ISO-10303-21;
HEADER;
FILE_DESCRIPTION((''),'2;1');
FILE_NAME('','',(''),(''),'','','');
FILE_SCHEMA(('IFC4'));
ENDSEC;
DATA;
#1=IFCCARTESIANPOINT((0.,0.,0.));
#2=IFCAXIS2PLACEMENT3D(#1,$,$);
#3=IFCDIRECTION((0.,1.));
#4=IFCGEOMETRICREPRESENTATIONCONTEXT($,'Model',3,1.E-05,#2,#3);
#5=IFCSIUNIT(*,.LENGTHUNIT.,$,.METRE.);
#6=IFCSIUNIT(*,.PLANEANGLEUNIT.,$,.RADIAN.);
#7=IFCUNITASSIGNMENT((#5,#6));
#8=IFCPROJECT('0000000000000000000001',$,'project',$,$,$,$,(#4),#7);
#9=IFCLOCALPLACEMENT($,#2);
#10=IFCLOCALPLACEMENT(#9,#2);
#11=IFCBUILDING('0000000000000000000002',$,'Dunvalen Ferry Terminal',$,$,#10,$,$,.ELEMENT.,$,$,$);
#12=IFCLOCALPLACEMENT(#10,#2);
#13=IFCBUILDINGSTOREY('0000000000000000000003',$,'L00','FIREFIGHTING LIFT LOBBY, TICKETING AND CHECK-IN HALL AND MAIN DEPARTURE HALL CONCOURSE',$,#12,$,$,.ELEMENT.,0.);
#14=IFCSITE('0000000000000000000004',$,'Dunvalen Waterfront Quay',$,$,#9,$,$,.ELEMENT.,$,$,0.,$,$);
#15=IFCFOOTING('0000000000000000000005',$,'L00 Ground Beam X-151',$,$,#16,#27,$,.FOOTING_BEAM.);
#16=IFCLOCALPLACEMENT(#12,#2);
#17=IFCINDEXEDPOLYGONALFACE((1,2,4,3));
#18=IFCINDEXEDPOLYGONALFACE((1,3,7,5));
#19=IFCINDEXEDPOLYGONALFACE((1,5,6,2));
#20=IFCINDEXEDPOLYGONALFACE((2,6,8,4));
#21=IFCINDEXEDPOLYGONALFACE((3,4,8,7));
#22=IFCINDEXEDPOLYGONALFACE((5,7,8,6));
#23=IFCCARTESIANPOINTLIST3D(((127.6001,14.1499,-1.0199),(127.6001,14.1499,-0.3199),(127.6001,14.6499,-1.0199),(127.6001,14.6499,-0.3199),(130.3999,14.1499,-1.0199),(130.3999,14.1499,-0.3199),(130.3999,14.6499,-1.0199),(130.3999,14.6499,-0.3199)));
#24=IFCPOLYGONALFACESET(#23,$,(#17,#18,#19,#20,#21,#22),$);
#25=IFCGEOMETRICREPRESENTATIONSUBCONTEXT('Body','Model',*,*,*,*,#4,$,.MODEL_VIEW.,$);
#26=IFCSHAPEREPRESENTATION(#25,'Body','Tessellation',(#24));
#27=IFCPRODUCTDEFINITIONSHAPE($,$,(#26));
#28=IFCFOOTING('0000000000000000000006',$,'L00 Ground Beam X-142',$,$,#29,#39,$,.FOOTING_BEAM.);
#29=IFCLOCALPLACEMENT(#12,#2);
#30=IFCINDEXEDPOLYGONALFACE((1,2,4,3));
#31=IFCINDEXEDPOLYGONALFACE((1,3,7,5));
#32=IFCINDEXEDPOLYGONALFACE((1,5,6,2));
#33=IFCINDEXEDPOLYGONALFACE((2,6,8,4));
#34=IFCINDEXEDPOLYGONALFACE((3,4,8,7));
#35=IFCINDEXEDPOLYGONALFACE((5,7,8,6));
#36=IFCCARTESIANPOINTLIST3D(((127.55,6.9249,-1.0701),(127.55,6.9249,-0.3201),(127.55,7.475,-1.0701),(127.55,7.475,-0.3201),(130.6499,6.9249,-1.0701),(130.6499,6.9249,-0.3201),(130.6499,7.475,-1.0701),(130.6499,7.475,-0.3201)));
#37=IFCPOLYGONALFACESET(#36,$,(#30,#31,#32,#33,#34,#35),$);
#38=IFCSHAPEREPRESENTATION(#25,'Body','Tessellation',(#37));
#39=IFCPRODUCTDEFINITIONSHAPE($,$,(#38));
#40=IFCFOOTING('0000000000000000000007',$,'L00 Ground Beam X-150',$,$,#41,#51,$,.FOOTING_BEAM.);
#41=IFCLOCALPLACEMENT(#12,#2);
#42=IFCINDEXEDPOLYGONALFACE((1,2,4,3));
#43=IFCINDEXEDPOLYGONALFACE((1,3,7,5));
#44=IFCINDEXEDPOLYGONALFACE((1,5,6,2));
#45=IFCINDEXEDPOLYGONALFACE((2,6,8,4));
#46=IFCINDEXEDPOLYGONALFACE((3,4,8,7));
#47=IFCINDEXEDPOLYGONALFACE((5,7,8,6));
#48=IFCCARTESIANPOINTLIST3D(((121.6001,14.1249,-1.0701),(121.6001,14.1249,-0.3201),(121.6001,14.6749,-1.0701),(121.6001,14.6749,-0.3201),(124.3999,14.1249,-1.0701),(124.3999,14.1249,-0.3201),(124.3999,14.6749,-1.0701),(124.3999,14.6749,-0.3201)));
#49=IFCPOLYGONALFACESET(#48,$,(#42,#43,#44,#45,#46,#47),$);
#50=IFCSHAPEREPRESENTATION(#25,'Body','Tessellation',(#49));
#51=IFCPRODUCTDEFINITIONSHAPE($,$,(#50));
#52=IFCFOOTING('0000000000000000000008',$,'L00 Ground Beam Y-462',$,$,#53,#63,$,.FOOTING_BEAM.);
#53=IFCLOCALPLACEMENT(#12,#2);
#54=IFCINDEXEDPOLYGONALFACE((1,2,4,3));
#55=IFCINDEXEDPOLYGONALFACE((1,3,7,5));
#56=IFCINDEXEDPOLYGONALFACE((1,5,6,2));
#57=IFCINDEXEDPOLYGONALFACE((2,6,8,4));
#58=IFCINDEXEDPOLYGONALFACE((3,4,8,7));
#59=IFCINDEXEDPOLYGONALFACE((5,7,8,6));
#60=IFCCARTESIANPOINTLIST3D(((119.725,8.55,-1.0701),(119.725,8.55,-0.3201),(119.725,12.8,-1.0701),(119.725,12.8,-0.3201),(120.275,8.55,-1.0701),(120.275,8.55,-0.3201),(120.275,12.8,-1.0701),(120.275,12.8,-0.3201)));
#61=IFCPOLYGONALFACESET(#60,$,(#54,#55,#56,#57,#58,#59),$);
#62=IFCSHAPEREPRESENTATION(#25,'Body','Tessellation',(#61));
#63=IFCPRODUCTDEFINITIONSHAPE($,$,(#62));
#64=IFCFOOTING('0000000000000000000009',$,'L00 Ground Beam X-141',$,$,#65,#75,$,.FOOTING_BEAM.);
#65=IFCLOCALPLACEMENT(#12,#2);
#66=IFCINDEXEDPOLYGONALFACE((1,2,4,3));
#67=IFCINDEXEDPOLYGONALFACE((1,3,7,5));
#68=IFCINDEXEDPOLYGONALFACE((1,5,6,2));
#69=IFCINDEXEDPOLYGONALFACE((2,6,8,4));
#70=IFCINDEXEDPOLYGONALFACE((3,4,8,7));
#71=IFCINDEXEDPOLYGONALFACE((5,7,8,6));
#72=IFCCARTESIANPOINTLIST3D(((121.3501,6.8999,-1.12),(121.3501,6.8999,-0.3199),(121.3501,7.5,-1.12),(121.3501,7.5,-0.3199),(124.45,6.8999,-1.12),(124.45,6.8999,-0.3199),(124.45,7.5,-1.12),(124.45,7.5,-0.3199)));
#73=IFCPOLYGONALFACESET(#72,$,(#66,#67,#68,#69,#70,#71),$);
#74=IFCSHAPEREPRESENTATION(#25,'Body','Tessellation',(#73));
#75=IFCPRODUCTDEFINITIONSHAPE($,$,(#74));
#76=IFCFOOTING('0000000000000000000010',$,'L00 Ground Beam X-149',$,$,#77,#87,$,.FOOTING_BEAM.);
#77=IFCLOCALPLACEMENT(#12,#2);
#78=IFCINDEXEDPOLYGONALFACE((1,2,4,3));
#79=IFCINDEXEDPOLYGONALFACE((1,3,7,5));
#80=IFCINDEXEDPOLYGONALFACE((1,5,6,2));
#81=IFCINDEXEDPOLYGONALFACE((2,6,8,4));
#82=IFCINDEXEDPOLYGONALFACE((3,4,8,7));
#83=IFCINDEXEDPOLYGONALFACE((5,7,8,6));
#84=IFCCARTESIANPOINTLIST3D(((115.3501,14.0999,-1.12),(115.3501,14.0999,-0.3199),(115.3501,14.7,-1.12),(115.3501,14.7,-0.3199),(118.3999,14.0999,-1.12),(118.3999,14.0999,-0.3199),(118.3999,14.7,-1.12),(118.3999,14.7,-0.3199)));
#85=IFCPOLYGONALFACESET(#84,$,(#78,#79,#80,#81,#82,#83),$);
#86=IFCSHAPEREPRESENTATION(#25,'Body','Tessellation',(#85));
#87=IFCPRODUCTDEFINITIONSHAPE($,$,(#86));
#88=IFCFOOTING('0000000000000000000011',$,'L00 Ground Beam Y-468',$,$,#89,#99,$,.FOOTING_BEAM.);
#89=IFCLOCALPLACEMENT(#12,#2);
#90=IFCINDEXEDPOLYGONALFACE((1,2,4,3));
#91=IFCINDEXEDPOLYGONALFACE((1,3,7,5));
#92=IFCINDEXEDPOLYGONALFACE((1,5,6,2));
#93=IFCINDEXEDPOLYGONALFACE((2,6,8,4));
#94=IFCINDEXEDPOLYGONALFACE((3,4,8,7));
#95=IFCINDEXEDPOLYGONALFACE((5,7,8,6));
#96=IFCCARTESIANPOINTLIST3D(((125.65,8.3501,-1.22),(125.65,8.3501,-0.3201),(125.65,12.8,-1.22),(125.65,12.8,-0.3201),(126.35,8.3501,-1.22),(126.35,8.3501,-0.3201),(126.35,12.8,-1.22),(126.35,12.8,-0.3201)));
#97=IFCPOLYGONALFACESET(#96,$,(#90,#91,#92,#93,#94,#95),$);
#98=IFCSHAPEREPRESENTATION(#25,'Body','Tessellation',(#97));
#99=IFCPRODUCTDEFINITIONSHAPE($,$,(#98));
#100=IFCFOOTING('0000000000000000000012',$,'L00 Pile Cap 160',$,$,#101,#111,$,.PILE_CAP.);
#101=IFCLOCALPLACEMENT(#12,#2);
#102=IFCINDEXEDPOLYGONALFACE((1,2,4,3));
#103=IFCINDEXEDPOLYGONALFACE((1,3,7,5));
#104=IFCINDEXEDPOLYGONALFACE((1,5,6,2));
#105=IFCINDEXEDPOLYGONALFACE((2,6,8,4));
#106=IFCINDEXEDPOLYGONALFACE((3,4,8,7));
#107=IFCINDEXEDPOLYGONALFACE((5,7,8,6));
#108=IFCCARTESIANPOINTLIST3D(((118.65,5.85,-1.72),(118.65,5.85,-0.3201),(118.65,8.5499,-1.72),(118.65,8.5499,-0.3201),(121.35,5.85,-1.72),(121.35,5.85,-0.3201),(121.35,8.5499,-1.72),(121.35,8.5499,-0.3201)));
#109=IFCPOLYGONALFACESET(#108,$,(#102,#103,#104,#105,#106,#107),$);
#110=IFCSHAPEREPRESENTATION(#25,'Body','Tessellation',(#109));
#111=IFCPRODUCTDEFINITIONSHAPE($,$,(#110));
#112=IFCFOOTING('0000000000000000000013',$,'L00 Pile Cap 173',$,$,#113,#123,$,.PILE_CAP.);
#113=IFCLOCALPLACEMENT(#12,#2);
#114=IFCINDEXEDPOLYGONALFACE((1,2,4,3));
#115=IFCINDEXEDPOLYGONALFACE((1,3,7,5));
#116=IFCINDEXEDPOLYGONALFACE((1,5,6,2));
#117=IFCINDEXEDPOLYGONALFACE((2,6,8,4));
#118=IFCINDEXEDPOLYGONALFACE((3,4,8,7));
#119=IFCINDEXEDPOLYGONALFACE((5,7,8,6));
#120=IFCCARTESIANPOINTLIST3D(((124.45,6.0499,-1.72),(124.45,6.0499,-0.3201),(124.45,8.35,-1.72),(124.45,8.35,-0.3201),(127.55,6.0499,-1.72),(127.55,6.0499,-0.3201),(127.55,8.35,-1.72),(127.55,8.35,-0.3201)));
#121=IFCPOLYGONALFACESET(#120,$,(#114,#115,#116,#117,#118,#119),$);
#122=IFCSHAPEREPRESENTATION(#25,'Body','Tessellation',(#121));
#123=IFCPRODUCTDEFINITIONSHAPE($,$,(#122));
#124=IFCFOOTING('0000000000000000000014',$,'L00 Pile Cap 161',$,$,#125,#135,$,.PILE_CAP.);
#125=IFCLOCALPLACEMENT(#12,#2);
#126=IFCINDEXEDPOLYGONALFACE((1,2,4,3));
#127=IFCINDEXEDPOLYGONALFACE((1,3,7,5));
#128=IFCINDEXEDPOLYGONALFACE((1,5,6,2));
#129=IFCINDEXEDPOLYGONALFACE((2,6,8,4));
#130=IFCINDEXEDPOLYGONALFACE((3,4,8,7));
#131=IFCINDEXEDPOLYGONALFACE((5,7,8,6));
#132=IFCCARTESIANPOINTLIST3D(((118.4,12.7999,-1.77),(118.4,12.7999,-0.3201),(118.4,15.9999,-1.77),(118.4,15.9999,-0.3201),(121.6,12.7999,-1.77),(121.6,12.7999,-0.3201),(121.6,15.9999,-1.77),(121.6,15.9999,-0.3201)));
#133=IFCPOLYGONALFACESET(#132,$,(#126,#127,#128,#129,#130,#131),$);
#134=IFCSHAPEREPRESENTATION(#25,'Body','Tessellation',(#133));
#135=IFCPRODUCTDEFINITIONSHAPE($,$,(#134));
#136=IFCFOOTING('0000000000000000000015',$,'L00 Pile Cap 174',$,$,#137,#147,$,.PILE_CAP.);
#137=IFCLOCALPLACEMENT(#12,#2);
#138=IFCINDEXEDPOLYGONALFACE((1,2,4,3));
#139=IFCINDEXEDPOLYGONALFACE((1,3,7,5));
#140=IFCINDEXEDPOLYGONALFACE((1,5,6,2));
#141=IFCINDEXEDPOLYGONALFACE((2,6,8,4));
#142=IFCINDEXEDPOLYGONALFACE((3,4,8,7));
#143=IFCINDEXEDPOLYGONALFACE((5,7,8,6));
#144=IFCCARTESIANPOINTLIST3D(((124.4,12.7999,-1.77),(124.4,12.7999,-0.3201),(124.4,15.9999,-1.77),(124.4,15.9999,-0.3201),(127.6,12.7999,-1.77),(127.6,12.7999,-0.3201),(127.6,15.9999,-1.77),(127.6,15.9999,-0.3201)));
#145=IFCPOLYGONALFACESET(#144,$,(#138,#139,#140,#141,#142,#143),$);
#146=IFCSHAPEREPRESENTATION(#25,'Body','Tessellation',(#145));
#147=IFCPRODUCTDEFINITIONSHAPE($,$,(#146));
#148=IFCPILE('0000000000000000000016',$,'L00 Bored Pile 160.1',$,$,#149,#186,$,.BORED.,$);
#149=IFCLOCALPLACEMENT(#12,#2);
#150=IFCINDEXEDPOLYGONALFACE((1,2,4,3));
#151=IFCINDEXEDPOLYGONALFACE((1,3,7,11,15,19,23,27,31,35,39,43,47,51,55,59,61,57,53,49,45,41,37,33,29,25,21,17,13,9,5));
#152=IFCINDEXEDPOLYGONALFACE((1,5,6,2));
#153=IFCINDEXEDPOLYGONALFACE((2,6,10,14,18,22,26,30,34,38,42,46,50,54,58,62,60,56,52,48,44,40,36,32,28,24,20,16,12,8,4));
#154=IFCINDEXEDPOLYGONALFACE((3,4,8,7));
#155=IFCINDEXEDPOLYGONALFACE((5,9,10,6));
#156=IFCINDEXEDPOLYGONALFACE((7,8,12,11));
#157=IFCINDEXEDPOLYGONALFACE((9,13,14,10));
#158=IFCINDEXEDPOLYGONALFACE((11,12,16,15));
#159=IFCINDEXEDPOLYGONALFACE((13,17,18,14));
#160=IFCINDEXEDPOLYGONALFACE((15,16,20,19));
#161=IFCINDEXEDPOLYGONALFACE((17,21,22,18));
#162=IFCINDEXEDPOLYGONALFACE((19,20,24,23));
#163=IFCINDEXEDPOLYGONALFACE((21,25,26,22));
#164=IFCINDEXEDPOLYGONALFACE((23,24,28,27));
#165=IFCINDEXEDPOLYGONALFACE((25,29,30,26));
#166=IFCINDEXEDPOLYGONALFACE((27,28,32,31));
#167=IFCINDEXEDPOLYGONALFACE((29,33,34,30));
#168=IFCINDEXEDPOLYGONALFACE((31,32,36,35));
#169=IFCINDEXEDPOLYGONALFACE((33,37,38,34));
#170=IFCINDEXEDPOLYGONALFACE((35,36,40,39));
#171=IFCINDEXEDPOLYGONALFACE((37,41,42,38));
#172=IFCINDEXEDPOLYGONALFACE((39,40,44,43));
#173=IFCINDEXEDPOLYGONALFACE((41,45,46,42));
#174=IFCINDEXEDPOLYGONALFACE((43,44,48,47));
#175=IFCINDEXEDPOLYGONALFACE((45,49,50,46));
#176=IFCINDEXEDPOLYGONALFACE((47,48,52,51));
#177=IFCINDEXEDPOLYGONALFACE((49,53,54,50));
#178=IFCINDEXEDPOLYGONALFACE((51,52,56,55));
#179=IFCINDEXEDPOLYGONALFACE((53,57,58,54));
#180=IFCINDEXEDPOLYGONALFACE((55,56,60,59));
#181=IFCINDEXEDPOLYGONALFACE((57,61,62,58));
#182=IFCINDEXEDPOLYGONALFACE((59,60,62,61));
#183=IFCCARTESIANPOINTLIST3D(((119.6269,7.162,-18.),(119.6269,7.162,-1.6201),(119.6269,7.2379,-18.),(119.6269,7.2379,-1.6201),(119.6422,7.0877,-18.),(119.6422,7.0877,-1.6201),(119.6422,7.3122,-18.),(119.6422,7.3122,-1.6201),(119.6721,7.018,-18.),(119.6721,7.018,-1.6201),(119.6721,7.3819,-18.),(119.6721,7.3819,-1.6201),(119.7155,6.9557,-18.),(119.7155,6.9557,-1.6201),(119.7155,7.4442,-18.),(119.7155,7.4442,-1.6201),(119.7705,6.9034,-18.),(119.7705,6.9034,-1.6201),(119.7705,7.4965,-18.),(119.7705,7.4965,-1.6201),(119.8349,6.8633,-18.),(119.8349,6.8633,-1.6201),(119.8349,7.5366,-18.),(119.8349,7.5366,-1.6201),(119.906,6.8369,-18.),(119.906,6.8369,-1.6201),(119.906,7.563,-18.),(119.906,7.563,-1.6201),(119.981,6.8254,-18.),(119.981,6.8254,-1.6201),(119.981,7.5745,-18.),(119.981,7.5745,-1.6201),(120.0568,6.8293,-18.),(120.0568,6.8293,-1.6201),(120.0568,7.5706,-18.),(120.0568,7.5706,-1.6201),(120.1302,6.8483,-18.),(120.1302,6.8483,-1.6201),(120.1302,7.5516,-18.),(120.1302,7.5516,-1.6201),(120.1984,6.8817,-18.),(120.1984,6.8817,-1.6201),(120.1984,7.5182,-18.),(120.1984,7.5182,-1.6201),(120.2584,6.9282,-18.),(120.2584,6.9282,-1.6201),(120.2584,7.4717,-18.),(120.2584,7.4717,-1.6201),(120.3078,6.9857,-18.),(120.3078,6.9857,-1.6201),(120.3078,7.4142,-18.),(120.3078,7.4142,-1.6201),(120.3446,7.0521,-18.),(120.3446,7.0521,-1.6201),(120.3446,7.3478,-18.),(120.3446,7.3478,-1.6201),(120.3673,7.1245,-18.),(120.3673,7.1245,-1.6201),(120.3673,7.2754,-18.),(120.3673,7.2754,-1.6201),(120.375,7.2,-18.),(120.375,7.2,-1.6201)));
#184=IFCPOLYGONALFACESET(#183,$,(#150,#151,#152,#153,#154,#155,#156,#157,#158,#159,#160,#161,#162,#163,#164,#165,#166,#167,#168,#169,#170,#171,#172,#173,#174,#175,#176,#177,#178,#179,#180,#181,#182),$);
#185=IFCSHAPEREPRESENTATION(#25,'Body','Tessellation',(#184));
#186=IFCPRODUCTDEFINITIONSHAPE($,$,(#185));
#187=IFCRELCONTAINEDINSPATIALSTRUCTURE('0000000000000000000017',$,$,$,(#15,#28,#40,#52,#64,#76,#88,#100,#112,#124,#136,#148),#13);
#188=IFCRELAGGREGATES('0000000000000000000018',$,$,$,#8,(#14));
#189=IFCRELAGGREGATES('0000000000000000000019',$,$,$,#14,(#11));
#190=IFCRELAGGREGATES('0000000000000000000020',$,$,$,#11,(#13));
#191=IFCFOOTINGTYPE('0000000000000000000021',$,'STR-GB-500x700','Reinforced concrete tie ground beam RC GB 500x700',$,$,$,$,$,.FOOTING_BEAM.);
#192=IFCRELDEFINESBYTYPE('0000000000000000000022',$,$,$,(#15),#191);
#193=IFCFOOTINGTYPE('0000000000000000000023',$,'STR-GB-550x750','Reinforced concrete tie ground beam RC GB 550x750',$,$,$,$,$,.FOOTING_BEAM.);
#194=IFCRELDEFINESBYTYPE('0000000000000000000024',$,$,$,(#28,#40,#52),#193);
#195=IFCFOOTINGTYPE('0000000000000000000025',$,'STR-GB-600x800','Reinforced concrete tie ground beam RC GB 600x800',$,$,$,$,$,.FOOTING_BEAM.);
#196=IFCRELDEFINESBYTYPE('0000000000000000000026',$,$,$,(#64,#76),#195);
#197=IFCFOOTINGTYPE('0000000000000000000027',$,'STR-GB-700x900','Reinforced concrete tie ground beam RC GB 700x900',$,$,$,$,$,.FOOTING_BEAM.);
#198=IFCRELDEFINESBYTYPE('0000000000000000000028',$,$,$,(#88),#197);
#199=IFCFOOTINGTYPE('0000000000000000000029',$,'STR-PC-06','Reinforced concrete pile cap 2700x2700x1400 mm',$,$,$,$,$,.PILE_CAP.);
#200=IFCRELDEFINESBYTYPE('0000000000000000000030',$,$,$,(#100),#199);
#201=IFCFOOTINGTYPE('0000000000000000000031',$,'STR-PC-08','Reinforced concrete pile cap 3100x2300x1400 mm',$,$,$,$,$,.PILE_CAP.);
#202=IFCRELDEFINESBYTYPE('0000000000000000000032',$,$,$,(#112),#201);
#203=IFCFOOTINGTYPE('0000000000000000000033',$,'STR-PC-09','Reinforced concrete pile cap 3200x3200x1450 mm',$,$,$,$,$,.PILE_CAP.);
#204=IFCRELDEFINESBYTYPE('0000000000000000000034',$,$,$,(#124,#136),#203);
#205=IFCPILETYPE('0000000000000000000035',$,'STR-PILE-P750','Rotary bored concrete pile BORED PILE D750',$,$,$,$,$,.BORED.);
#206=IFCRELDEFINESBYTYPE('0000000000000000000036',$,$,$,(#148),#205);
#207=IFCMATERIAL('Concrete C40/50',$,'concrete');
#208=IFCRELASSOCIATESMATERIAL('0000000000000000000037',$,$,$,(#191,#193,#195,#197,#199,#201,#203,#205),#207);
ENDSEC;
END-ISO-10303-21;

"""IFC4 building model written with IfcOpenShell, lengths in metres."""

from ifc_helpers import new_model, si_unit, direction, frame, origin, origin_2d, place, context, subcontext, project, spatial, rectangle, circle, extrude, material, material_profile, profile_set, type_object, element, save


model = new_model("IFC4")

# Units and contexts
model_context = context("Model", 3, precision=1e-05, world=origin(), true_north=direction((0.0, 1.0)))
body_context = subcontext(model_context, "Body", "Model", "MODEL_VIEW")
ifc_project = project(units=[si_unit("LENGTHUNIT", "METRE"), si_unit("PLANEANGLEUNIT", "RADIAN")], contexts=[model_context])

# Site, building, storey
site_placement = place(None, origin())
site = spatial("IfcSite", under=ifc_project, at=site_placement, Name="Dunvalen Waterfront Quay", CompositionType="ELEMENT", RefElevation=0.0)
building_placement = place(site_placement, origin())
building = spatial("IfcBuilding", under=site, at=building_placement, Name="Dunvalen Ferry Terminal", CompositionType="ELEMENT")
storey_placement = place(building_placement, origin())
storey = spatial("IfcBuildingStorey", under=building, at=storey_placement, Name="L00", Description="FIREFIGHTING LIFT LOBBY, TICKETING AND CHECK-IN HALL AND MAIN DEPARTURE HALL CONCOURSE", CompositionType="ELEMENT", Elevation=0.0)

# Footings
ifc_material_1 = material(Name="Concrete C40/50", Category="concrete")
ifc_material_profile_1 = material_profile(ifc_material_1, rectangle(XDim=0.5, YDim=0.7, at=origin_2d()), Name="Concrete C40/50")
ifc_profile_set_1 = profile_set([ifc_material_profile_1], Name="Concrete C40/50")
footing_type_1 = type_object("IfcFootingType", Name="STR-GB-500x700", Description="Reinforced concrete tie ground beam RC GB 500x700", PredefinedType="FOOTING_BEAM", material=ifc_profile_set_1)
footing_1_placement = place(storey_placement, frame((127.6001, 14.3999, -0.6699), z_axis=(1.0, 0.0, 0.0), x_axis=(0.0, 1.0, 0.0)))
element("IfcFooting", 1, at=footing_1_placement, inside=storey, type_object=footing_type_1, Name="L00 Ground Beam X-151", PredefinedType="FOOTING_BEAM", context=body_context, shape_type="SweptSolid", body=[
    extrude(rectangle(XDim=0.5, YDim=0.7, at=origin_2d()), origin(), (0.0, 0.0, 1.0), 2.7998),
])
ifc_material_profile_2 = material_profile(ifc_material_1, rectangle(XDim=0.55, YDim=0.75, at=origin_2d()), Name="Concrete C40/50")
ifc_profile_set_2 = profile_set([ifc_material_profile_2], Name="Concrete C40/50")
footing_type_2 = type_object("IfcFootingType", Name="STR-GB-550x750", Description="Reinforced concrete tie ground beam RC GB 550x750", PredefinedType="FOOTING_BEAM", material=ifc_profile_set_2)
footing_2_placement = place(storey_placement, frame((127.55, 7.2, -0.6951), z_axis=(1.0, 0.0, 0.0), x_axis=(0.0, 1.0, 0.0)))
element("IfcFooting", 2, at=footing_2_placement, inside=storey, type_object=footing_type_2, Name="L00 Ground Beam X-142", PredefinedType="FOOTING_BEAM", context=body_context, shape_type="SweptSolid", body=[
    extrude(rectangle(XDim=0.55, YDim=0.75, at=origin_2d()), origin(), (0.0, 0.0, 1.0), 3.0999),
])
footing_3_placement = place(storey_placement, frame((121.6001, 14.3999, -0.6951), z_axis=(1.0, 0.0, 0.0), x_axis=(0.0, 1.0, 0.0)))
element("IfcFooting", 3, at=footing_3_placement, inside=storey, type_object=footing_type_2, Name="L00 Ground Beam X-150", PredefinedType="FOOTING_BEAM", context=body_context, shape_type="SweptSolid", body=[
    extrude(rectangle(XDim=0.55, YDim=0.75, at=origin_2d()), origin(), (0.0, 0.0, 1.0), 2.7998),
])
footing_4_placement = place(storey_placement, frame((120.0, 8.55, -0.6951), z_axis=(0.0, 1.0, 0.0), x_axis=(-1.0, 0.0, 0.0)))
element("IfcFooting", 4, at=footing_4_placement, inside=storey, type_object=footing_type_2, Name="L00 Ground Beam Y-462", PredefinedType="FOOTING_BEAM", context=body_context, shape_type="SweptSolid", body=[
    extrude(rectangle(XDim=0.55, YDim=0.75, at=origin_2d()), origin(), (0.0, 0.0, 1.0), 4.25),
])
ifc_material_profile_3 = material_profile(ifc_material_1, rectangle(XDim=0.6001, YDim=0.8, at=origin_2d()), Name="Concrete C40/50")
ifc_profile_set_3 = profile_set([ifc_material_profile_3], Name="Concrete C40/50")
footing_type_3 = type_object("IfcFootingType", Name="STR-GB-600x800", Description="Reinforced concrete tie ground beam RC GB 600x800", PredefinedType="FOOTING_BEAM", material=ifc_profile_set_3)
footing_5_placement = place(storey_placement, frame((121.3501, 7.2, -0.72), z_axis=(1.0, 0.0, 0.0), x_axis=(0.0, 1.0, 0.0)))
element("IfcFooting", 5, at=footing_5_placement, inside=storey, type_object=footing_type_3, Name="L00 Ground Beam X-141", PredefinedType="FOOTING_BEAM", context=body_context, shape_type="SweptSolid", body=[
    extrude(rectangle(XDim=0.6001, YDim=0.8, at=origin_2d()), origin(), (0.0, 0.0, 1.0), 3.0999),
])
footing_6_placement = place(storey_placement, frame((115.3501, 14.3999, -0.72), z_axis=(1.0, 0.0, 0.0), x_axis=(0.0, 1.0, 0.0)))
element("IfcFooting", 6, at=footing_6_placement, inside=storey, type_object=footing_type_3, Name="L00 Ground Beam X-149", PredefinedType="FOOTING_BEAM", context=body_context, shape_type="SweptSolid", body=[
    extrude(rectangle(XDim=0.6001, YDim=0.8, at=origin_2d()), origin(), (0.0, 0.0, 1.0), 3.0498),
])
ifc_material_profile_4 = material_profile(ifc_material_1, rectangle(XDim=0.7, YDim=0.8999, at=origin_2d()), Name="Concrete C40/50")
ifc_profile_set_4 = profile_set([ifc_material_profile_4], Name="Concrete C40/50")
footing_type_4 = type_object("IfcFootingType", Name="STR-GB-700x900", Description="Reinforced concrete tie ground beam RC GB 700x900", PredefinedType="FOOTING_BEAM", material=ifc_profile_set_4)
footing_7_placement = place(storey_placement, frame((126.0, 8.3501, -0.77), z_axis=(0.0, 1.0, 0.0), x_axis=(-1.0, 0.0, 0.0)))
element("IfcFooting", 7, at=footing_7_placement, inside=storey, type_object=footing_type_4, Name="L00 Ground Beam Y-468", PredefinedType="FOOTING_BEAM", context=body_context, shape_type="SweptSolid", body=[
    extrude(rectangle(XDim=0.7, YDim=0.8999, at=origin_2d()), origin(), (0.0, 0.0, 1.0), 4.45),
])
footing_type_5 = type_object("IfcFootingType", Name="STR-PC-06", Description="Reinforced concrete pile cap 2700x2700x1400 mm", PredefinedType="PILE_CAP", material=ifc_material_1)
footing_8_placement = place(storey_placement, frame((120.0, 7.2, -1.72), z_axis=(0.0, 0.0, 1.0), x_axis=(1.0, 0.0, 0.0)))
element("IfcFooting", 8, at=footing_8_placement, inside=storey, type_object=footing_type_5, Name="L00 Pile Cap 160", PredefinedType="PILE_CAP", context=body_context, shape_type="SweptSolid", body=[
    extrude(rectangle(XDim=2.7, YDim=2.7, at=origin_2d()), origin(), (0.0, 0.0, 1.0), 1.3999),
])
footing_type_6 = type_object("IfcFootingType", Name="STR-PC-08", Description="Reinforced concrete pile cap 3100x2300x1400 mm", PredefinedType="PILE_CAP", material=ifc_material_1)
footing_9_placement = place(storey_placement, frame((126.0, 7.2, -1.72), z_axis=(0.0, 0.0, 1.0), x_axis=(1.0, 0.0, 0.0)))
element("IfcFooting", 9, at=footing_9_placement, inside=storey, type_object=footing_type_6, Name="L00 Pile Cap 173", PredefinedType="PILE_CAP", context=body_context, shape_type="SweptSolid", body=[
    extrude(rectangle(XDim=3.1001, YDim=2.3, at=origin_2d()), origin(), (0.0, 0.0, 1.0), 1.3999),
])
footing_type_7 = type_object("IfcFootingType", Name="STR-PC-09", Description="Reinforced concrete pile cap 3200x3200x1450 mm", PredefinedType="PILE_CAP", material=ifc_material_1)
for number, where, z_axis, x_axis, name in (
    (10, (120.0, 14.3999, -1.77), (0.0, 0.0, 1.0), (1.0, 0.0, 0.0), "L00 Pile Cap 161"),
    (11, (126.0, 14.3999, -1.77), (0.0, 0.0, 1.0), (1.0, 0.0, 0.0), "L00 Pile Cap 174"),
):
    element("IfcFooting", number, at=place(storey_placement, frame(where, z_axis=z_axis, x_axis=x_axis)), inside=storey, type_object=footing_type_7, Name=name, PredefinedType="PILE_CAP", context=body_context, shape_type="SweptSolid", body=[
        extrude(rectangle(XDim=3.2, YDim=3.2, at=origin_2d()), origin(), (0.0, 0.0, 1.0), 1.45),
    ])

# Pile
ifc_material_profile_5 = material_profile(ifc_material_1, circle(Radius=0.375, at=origin_2d()), Name="Concrete C40/50")
ifc_profile_set_5 = profile_set([ifc_material_profile_5], Name="Concrete C40/50")
pile_type = type_object("IfcPileType", Name="STR-PILE-P750", Description="Rotary bored concrete pile BORED PILE D750", PredefinedType="BORED", material=ifc_profile_set_5)
pile_1_placement = place(storey_placement, frame((120.0, 7.2, -1.6201), z_axis=(0.0, 0.0, -1.0), x_axis=(1.0, 0.0, 0.0)))
element("IfcPile", 12, at=pile_1_placement, inside=storey, type_object=pile_type, Name="L00 Bored Pile 160.1", PredefinedType="BORED", context=body_context, shape_type="SweptSolid", body=[
    extrude(circle(Radius=0.375, at=origin_2d()), origin(), (0.0, 0.0, 1.0), 16.3799),
])

save(model, "model.ifc")
